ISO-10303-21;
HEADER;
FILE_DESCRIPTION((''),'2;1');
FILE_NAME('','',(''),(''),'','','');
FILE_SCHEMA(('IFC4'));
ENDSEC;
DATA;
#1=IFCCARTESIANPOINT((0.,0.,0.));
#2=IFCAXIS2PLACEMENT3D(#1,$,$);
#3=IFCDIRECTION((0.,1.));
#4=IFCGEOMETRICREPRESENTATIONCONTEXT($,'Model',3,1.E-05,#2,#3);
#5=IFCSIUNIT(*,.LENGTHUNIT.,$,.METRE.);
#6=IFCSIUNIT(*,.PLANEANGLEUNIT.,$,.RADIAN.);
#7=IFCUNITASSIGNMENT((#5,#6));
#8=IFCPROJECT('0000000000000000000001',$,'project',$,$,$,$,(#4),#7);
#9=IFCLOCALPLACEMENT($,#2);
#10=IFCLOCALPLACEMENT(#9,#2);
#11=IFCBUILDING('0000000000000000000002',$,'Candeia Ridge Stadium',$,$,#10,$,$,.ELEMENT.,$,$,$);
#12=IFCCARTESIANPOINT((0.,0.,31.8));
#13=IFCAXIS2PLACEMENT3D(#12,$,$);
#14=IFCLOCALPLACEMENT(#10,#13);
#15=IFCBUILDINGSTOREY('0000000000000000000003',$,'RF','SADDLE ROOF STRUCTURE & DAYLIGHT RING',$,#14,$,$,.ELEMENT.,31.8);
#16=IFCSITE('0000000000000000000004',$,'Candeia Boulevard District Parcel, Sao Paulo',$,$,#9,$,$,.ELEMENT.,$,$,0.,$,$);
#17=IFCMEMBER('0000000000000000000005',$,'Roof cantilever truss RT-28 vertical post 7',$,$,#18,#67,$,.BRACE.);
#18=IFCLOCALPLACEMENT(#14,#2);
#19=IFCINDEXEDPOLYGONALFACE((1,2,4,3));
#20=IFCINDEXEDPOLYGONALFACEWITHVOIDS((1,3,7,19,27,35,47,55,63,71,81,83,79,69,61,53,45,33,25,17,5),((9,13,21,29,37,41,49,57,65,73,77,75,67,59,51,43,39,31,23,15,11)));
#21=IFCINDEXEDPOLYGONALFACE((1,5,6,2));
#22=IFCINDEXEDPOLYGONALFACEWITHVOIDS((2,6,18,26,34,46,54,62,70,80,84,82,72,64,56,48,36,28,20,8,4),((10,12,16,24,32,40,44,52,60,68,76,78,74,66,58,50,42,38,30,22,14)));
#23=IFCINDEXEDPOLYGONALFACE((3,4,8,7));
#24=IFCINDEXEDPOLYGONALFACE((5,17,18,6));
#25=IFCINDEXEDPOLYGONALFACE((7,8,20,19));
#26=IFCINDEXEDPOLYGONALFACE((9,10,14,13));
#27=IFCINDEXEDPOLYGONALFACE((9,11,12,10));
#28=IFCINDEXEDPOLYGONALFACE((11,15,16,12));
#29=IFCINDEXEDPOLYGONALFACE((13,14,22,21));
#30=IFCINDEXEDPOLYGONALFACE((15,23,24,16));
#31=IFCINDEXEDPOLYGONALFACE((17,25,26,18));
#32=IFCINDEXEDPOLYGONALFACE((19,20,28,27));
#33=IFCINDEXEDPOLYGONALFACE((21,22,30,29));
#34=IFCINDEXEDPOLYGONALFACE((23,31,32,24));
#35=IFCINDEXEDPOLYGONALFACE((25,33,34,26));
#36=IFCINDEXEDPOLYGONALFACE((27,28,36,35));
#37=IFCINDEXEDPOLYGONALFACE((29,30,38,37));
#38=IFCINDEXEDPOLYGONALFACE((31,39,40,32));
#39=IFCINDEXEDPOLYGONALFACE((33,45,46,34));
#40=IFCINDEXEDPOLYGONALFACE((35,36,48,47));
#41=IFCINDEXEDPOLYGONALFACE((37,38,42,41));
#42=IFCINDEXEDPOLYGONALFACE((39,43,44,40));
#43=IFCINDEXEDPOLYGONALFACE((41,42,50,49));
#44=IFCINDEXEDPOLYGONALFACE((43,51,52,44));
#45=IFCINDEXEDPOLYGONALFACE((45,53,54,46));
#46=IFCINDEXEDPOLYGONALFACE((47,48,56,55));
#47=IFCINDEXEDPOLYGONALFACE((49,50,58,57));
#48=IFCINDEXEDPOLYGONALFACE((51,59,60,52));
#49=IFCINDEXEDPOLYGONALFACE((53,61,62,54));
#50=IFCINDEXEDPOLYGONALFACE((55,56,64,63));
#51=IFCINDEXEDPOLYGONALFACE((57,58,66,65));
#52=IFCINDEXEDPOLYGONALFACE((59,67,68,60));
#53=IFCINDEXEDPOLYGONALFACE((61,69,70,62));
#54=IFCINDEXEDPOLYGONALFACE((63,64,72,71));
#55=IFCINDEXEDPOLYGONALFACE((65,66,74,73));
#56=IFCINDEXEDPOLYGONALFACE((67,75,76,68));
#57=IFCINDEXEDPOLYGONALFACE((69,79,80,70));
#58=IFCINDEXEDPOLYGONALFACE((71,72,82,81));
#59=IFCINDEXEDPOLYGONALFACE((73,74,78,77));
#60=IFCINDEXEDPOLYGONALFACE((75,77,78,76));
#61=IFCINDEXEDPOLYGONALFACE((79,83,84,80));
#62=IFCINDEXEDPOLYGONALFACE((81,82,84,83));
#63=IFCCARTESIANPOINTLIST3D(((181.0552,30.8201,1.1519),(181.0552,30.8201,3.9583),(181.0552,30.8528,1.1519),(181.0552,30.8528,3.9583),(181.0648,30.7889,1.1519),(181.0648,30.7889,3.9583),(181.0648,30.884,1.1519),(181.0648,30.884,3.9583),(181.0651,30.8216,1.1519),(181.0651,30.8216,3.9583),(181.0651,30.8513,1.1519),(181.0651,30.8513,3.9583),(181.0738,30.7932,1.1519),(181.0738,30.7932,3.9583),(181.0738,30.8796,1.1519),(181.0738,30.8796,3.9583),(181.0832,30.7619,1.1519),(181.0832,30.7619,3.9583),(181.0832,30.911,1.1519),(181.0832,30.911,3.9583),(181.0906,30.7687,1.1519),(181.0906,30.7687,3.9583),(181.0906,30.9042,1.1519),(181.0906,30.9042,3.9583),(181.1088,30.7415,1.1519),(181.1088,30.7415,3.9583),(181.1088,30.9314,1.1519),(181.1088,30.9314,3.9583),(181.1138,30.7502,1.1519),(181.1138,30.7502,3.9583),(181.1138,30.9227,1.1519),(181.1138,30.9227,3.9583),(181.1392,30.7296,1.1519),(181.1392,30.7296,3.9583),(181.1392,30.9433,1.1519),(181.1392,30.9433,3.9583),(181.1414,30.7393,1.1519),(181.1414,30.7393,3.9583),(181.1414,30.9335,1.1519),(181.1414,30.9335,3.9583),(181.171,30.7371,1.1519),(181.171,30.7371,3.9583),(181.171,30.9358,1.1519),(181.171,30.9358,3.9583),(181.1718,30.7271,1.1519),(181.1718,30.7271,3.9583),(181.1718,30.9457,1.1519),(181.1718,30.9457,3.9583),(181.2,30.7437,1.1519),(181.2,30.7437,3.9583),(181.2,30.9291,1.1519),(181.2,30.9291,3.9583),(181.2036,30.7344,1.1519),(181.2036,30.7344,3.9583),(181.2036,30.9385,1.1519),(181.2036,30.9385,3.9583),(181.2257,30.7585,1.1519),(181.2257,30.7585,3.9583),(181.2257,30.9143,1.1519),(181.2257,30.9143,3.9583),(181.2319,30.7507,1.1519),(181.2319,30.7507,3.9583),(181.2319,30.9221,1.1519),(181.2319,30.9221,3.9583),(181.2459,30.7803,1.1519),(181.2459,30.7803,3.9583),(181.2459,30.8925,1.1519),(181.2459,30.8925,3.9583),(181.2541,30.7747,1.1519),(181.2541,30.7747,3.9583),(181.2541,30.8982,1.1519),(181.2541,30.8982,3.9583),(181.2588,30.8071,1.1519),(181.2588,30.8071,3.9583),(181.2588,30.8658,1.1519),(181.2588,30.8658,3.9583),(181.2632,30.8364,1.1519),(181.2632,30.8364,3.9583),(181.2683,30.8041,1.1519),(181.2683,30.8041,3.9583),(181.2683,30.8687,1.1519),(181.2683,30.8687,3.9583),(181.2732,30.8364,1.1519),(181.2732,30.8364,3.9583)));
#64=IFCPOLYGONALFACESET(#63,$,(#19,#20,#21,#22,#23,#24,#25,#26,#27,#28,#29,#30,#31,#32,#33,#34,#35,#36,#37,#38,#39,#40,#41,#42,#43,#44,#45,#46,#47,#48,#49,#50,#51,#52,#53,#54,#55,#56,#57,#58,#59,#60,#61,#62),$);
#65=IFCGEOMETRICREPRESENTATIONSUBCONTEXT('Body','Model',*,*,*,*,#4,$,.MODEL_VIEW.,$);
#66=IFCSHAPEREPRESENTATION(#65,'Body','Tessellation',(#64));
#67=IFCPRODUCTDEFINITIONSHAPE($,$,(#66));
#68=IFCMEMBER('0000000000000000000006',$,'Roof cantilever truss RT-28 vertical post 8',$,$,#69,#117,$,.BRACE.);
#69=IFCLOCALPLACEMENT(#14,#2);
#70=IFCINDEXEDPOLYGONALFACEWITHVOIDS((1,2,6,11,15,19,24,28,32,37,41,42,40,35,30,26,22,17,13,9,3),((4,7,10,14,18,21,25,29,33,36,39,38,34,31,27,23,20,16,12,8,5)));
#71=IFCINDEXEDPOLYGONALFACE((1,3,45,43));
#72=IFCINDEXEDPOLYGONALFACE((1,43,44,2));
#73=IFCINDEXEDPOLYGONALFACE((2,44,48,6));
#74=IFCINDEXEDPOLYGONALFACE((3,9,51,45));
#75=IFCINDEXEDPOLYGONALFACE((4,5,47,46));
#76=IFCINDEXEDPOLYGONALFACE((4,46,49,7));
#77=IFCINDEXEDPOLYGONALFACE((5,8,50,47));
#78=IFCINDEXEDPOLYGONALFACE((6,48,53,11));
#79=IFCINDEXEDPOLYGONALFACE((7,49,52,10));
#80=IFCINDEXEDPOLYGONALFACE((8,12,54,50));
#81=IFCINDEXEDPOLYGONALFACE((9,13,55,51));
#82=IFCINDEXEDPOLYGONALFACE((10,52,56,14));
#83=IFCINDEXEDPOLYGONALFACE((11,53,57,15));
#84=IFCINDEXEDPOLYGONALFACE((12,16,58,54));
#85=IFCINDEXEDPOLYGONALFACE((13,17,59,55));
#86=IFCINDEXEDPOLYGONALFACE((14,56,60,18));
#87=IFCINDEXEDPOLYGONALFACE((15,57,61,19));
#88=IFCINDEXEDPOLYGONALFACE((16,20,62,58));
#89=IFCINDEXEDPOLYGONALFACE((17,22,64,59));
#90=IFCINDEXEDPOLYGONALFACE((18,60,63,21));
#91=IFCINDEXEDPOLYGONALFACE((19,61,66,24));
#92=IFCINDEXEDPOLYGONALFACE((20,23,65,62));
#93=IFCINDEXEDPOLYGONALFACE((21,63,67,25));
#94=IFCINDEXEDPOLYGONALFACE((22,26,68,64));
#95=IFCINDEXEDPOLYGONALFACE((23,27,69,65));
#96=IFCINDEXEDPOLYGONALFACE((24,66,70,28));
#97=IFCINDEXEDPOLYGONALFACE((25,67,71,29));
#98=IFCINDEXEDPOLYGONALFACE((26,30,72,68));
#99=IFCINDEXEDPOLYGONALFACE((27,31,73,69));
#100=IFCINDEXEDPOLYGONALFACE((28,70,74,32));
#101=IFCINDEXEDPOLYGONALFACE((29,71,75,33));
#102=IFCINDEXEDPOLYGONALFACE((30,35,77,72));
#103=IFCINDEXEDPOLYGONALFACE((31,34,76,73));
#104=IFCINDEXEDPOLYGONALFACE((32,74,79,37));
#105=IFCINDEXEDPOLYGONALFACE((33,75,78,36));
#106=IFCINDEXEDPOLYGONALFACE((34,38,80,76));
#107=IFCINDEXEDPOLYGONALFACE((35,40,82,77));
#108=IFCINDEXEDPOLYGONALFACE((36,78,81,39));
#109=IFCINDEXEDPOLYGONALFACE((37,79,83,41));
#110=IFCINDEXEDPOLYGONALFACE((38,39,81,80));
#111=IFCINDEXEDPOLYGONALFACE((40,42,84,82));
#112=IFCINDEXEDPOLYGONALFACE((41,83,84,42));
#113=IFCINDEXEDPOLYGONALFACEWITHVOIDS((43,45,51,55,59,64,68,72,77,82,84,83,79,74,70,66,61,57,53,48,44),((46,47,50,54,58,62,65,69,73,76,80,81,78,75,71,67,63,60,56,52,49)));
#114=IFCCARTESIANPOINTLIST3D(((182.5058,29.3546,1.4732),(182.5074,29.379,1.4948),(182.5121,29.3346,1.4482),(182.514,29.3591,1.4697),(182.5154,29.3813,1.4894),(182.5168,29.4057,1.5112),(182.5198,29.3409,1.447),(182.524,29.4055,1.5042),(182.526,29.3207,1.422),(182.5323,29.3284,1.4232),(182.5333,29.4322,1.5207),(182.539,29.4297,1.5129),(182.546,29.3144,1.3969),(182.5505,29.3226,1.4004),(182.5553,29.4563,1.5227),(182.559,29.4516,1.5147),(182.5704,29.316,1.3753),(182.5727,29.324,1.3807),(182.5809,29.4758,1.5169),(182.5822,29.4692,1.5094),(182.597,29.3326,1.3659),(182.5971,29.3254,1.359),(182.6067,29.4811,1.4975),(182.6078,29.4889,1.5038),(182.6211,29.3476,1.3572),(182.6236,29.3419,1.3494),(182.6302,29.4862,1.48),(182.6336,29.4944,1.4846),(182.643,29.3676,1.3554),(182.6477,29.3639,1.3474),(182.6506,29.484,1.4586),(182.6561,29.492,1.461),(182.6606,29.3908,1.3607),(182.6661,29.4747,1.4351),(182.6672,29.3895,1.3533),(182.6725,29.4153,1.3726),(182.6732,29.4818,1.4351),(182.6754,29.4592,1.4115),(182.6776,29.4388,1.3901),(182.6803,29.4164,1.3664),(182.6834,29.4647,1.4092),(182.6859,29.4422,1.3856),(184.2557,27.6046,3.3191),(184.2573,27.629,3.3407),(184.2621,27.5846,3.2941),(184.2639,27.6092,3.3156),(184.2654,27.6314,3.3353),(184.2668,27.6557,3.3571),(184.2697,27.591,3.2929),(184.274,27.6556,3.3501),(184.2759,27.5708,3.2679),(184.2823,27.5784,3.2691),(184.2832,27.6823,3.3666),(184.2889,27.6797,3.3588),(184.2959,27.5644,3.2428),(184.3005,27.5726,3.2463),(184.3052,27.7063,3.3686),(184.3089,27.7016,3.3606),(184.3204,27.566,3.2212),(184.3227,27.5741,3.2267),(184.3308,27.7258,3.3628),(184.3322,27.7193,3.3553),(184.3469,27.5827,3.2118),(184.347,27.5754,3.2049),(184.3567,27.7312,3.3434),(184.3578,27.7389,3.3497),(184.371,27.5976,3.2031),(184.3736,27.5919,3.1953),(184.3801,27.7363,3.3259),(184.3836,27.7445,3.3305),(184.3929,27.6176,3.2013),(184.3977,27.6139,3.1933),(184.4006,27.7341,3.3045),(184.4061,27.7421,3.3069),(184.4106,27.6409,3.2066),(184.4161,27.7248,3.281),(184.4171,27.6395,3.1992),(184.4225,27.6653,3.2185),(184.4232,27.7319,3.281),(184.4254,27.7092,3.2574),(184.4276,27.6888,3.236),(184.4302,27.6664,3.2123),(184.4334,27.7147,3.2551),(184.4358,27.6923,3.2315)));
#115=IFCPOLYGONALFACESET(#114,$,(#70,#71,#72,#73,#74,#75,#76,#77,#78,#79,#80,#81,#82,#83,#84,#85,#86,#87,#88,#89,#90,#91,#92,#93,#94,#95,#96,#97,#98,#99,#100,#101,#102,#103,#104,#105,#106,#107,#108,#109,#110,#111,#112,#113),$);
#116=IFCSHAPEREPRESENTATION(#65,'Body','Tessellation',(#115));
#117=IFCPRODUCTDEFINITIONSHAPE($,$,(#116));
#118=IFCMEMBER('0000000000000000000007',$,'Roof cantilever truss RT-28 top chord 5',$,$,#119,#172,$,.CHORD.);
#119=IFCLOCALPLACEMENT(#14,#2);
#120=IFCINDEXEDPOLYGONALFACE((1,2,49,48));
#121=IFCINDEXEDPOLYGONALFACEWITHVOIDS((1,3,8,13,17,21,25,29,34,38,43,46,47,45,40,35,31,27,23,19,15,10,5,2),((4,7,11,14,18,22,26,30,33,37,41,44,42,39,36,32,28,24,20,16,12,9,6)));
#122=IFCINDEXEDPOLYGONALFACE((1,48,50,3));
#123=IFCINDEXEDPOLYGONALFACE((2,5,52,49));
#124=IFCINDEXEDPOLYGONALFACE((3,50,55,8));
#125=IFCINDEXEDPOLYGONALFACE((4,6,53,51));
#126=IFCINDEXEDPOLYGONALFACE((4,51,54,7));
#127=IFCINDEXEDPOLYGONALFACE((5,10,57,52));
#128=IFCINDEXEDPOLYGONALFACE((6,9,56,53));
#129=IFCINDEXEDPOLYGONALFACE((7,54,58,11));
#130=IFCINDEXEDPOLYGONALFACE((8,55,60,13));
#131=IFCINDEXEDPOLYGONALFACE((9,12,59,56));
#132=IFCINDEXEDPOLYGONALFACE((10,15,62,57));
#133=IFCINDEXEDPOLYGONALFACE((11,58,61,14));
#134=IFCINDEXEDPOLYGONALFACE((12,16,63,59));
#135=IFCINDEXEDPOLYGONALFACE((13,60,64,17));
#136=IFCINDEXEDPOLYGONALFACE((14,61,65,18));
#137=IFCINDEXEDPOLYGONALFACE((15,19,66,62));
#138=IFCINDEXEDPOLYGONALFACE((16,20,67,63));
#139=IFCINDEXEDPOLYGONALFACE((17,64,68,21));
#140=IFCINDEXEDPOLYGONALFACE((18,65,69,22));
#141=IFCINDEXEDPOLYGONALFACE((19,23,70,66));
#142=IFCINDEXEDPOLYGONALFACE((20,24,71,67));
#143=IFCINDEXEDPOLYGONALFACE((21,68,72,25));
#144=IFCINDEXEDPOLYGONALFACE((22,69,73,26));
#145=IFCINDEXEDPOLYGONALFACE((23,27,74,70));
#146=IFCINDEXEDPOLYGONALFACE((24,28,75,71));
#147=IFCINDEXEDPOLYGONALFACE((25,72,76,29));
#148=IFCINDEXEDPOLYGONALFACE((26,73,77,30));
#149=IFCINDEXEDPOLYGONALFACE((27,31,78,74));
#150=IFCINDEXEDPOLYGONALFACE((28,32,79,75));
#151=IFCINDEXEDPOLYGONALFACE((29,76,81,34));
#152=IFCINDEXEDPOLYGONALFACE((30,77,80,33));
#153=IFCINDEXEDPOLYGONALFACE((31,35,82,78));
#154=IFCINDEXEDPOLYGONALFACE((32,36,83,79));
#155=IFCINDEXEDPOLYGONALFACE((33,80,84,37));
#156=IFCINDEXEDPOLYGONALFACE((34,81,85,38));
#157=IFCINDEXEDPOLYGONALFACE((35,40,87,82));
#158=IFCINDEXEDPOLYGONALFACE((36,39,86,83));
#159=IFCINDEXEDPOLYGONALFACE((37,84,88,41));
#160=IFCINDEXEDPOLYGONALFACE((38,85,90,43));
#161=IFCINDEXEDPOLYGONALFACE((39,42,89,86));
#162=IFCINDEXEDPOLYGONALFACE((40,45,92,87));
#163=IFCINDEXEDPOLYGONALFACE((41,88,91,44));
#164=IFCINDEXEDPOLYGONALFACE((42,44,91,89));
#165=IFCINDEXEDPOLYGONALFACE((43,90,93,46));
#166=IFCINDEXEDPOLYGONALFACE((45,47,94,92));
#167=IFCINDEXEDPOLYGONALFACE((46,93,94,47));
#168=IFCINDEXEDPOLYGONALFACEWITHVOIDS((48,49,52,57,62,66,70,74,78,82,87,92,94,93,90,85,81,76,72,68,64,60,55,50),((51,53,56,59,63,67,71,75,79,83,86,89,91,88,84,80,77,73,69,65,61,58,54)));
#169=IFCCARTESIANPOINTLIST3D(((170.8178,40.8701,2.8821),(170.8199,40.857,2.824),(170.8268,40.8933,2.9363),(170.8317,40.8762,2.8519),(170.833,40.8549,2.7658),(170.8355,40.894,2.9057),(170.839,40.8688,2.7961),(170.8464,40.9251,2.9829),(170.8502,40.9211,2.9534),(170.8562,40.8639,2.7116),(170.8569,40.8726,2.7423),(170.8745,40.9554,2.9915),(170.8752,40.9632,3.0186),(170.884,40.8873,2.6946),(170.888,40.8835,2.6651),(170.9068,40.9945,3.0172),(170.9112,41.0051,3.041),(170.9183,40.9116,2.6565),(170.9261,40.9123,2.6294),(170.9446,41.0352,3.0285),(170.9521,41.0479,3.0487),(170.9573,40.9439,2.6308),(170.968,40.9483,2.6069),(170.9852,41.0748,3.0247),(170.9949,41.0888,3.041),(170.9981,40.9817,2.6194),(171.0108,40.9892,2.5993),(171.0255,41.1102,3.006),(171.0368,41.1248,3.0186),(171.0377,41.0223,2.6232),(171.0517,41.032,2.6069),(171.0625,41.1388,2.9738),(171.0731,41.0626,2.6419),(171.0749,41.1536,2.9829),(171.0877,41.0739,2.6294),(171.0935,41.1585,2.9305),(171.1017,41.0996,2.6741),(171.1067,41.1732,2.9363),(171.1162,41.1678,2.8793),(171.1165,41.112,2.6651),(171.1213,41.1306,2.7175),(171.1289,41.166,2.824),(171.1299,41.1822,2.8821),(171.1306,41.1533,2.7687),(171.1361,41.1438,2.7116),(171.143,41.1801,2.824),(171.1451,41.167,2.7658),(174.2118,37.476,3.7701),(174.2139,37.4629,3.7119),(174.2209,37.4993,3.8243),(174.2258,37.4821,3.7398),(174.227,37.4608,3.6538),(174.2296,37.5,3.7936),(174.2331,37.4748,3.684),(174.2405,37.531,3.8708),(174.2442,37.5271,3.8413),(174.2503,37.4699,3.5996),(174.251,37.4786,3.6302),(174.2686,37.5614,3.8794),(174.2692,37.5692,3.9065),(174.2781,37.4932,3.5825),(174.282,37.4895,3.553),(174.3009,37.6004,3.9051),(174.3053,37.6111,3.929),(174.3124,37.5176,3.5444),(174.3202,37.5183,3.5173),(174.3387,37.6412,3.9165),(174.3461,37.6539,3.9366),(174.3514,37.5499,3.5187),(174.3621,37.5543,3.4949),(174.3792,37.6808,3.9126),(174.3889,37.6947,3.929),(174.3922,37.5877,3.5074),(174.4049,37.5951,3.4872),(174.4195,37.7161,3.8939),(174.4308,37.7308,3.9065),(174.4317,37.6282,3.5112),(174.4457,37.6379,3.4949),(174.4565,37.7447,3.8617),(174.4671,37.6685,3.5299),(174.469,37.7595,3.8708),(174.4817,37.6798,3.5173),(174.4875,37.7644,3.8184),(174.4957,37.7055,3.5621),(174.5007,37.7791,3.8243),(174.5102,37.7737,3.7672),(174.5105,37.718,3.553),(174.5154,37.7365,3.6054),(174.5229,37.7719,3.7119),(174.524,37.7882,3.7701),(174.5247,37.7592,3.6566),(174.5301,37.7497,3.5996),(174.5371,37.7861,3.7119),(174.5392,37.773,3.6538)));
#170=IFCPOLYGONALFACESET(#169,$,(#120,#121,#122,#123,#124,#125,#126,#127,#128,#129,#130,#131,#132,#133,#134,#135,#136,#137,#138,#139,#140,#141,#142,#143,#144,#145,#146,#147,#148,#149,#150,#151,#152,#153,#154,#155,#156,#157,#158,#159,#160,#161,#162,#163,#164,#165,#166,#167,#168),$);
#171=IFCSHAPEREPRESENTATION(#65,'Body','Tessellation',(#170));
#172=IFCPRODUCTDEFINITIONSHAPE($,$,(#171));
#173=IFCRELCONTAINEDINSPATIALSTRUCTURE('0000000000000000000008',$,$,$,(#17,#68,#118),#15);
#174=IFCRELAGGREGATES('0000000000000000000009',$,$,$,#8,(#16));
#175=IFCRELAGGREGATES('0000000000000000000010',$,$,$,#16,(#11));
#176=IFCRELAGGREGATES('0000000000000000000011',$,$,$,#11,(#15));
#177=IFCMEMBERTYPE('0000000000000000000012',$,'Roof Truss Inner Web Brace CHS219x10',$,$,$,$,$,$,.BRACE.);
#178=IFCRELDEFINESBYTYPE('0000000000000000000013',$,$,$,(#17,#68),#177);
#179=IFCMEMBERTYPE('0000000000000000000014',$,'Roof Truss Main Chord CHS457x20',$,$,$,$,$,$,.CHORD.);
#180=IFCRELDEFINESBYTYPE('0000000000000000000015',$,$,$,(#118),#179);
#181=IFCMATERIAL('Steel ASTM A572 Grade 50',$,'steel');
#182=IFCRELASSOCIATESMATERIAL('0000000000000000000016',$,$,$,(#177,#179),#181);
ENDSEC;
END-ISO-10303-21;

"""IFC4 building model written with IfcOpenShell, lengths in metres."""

from ifc_helpers import new_model, si_unit, direction, frame, origin, origin_2d, place, context, subcontext, project, spatial, hollow_circle, extrude, material, material_profile, profile_set, type_object, element, save


model = new_model("IFC4")

# Units and contexts
model_context = context("Model", 3, precision=1e-05, world=origin(), true_north=direction((0.0, 1.0)))
body_context = subcontext(model_context, "Body", "Model", "MODEL_VIEW")
ifc_project = project(units=[si_unit("LENGTHUNIT", "METRE"), si_unit("PLANEANGLEUNIT", "RADIAN")], contexts=[model_context])

# Site, building, storey
site_placement = place(None, origin())
site = spatial("IfcSite", under=ifc_project, at=site_placement, Name="Candeia Boulevard District Parcel, Sao Paulo", CompositionType="ELEMENT", RefElevation=0.0)
building_placement = place(site_placement, origin())
building = spatial("IfcBuilding", under=site, at=building_placement, Name="Candeia Ridge Stadium", CompositionType="ELEMENT")
storey_placement = place(building_placement, frame((0.0, 0.0, 31.8)))
storey = spatial("IfcBuildingStorey", under=building, at=storey_placement, Name="RF", Description="SADDLE ROOF STRUCTURE & DAYLIGHT RING", CompositionType="ELEMENT", Elevation=31.8)

# Shared definitions
ifc_material_1 = material(Name="Steel ASTM A572 Grade 50", Category="steel")

# Members
ifc_material_profile_1 = material_profile(ifc_material_1, hollow_circle(Radius=0.1096, WallThickness=0.01, at=origin_2d()), Name="CHS219x10", Category="steel")
ifc_profile_set_1 = profile_set([ifc_material_profile_1], Name="Steel ASTM A572 Grade 50")
member_type_1 = type_object("IfcMemberType", Name="Roof Truss Inner Web Brace CHS219x10", PredefinedType="BRACE", material=ifc_profile_set_1)
member_1_placement = place(storey_placement, frame((181.1636, 30.8364, 1.1519), z_axis=(0.0, 0.0, 1.0), x_axis=(1.0, 0.0, 0.0)))
element("IfcMember", 1, at=member_1_placement, inside=storey, type_object=member_type_1, Name="Roof cantilever truss RT-28 vertical post 7", PredefinedType="BRACE", context=body_context, shape_type="SweptSolid", body=[
    extrude(hollow_circle(Radius=0.1096, WallThickness=0.01, at=origin_2d()), origin(), (0.0, 0.0, 1.0), 2.8064),
])
member_2_placement = place(storey_placement, frame((182.5957, 29.4043, 1.4351), z_axis=(0.566806, -0.566806, 0.597882), x_axis=(0.707107, 0.707107, 0.0)))
element("IfcMember", 2, at=member_2_placement, inside=storey, type_object=member_type_1, Name="Roof cantilever truss RT-28 vertical post 8", PredefinedType="BRACE", context=body_context, shape_type="SweptSolid", body=[
    extrude(hollow_circle(Radius=0.1096, WallThickness=0.01, at=origin_2d()), origin(), (0.0, 0.0, 1.0), 3.0874),
])
ifc_material_profile_2 = material_profile(ifc_material_1, hollow_circle(Radius=0.2285, WallThickness=0.02, at=origin_2d()), Name="CHS457x20", Category="steel")
ifc_profile_set_2 = profile_set([ifc_material_profile_2], Name="Steel ASTM A572 Grade 50")
member_type_2 = type_object("IfcMemberType", Name="Roof Truss Main Chord CHS457x20", PredefinedType="CHORD", material=ifc_profile_set_2)
for number, where, z_axis, x_axis, name in (
    (3, (170.9814, 41.0186, 2.824), (0.69531, -0.69531, 0.181905), (0.707107, 0.707107, 0.0), "Roof cantilever truss RT-28 top chord 5"),
):
    element("IfcMember", number, at=place(storey_placement, frame(where, z_axis=z_axis, x_axis=x_axis)), inside=storey, type_object=member_type_2, Name=name, PredefinedType="CHORD", context=body_context, shape_type="SweptSolid", body=[
        extrude(hollow_circle(Radius=0.2285, WallThickness=0.02, at=origin_2d()), origin(), (0.0, 0.0, 1.0), 4.8813),
    ])

save(model, "model.ifc")
